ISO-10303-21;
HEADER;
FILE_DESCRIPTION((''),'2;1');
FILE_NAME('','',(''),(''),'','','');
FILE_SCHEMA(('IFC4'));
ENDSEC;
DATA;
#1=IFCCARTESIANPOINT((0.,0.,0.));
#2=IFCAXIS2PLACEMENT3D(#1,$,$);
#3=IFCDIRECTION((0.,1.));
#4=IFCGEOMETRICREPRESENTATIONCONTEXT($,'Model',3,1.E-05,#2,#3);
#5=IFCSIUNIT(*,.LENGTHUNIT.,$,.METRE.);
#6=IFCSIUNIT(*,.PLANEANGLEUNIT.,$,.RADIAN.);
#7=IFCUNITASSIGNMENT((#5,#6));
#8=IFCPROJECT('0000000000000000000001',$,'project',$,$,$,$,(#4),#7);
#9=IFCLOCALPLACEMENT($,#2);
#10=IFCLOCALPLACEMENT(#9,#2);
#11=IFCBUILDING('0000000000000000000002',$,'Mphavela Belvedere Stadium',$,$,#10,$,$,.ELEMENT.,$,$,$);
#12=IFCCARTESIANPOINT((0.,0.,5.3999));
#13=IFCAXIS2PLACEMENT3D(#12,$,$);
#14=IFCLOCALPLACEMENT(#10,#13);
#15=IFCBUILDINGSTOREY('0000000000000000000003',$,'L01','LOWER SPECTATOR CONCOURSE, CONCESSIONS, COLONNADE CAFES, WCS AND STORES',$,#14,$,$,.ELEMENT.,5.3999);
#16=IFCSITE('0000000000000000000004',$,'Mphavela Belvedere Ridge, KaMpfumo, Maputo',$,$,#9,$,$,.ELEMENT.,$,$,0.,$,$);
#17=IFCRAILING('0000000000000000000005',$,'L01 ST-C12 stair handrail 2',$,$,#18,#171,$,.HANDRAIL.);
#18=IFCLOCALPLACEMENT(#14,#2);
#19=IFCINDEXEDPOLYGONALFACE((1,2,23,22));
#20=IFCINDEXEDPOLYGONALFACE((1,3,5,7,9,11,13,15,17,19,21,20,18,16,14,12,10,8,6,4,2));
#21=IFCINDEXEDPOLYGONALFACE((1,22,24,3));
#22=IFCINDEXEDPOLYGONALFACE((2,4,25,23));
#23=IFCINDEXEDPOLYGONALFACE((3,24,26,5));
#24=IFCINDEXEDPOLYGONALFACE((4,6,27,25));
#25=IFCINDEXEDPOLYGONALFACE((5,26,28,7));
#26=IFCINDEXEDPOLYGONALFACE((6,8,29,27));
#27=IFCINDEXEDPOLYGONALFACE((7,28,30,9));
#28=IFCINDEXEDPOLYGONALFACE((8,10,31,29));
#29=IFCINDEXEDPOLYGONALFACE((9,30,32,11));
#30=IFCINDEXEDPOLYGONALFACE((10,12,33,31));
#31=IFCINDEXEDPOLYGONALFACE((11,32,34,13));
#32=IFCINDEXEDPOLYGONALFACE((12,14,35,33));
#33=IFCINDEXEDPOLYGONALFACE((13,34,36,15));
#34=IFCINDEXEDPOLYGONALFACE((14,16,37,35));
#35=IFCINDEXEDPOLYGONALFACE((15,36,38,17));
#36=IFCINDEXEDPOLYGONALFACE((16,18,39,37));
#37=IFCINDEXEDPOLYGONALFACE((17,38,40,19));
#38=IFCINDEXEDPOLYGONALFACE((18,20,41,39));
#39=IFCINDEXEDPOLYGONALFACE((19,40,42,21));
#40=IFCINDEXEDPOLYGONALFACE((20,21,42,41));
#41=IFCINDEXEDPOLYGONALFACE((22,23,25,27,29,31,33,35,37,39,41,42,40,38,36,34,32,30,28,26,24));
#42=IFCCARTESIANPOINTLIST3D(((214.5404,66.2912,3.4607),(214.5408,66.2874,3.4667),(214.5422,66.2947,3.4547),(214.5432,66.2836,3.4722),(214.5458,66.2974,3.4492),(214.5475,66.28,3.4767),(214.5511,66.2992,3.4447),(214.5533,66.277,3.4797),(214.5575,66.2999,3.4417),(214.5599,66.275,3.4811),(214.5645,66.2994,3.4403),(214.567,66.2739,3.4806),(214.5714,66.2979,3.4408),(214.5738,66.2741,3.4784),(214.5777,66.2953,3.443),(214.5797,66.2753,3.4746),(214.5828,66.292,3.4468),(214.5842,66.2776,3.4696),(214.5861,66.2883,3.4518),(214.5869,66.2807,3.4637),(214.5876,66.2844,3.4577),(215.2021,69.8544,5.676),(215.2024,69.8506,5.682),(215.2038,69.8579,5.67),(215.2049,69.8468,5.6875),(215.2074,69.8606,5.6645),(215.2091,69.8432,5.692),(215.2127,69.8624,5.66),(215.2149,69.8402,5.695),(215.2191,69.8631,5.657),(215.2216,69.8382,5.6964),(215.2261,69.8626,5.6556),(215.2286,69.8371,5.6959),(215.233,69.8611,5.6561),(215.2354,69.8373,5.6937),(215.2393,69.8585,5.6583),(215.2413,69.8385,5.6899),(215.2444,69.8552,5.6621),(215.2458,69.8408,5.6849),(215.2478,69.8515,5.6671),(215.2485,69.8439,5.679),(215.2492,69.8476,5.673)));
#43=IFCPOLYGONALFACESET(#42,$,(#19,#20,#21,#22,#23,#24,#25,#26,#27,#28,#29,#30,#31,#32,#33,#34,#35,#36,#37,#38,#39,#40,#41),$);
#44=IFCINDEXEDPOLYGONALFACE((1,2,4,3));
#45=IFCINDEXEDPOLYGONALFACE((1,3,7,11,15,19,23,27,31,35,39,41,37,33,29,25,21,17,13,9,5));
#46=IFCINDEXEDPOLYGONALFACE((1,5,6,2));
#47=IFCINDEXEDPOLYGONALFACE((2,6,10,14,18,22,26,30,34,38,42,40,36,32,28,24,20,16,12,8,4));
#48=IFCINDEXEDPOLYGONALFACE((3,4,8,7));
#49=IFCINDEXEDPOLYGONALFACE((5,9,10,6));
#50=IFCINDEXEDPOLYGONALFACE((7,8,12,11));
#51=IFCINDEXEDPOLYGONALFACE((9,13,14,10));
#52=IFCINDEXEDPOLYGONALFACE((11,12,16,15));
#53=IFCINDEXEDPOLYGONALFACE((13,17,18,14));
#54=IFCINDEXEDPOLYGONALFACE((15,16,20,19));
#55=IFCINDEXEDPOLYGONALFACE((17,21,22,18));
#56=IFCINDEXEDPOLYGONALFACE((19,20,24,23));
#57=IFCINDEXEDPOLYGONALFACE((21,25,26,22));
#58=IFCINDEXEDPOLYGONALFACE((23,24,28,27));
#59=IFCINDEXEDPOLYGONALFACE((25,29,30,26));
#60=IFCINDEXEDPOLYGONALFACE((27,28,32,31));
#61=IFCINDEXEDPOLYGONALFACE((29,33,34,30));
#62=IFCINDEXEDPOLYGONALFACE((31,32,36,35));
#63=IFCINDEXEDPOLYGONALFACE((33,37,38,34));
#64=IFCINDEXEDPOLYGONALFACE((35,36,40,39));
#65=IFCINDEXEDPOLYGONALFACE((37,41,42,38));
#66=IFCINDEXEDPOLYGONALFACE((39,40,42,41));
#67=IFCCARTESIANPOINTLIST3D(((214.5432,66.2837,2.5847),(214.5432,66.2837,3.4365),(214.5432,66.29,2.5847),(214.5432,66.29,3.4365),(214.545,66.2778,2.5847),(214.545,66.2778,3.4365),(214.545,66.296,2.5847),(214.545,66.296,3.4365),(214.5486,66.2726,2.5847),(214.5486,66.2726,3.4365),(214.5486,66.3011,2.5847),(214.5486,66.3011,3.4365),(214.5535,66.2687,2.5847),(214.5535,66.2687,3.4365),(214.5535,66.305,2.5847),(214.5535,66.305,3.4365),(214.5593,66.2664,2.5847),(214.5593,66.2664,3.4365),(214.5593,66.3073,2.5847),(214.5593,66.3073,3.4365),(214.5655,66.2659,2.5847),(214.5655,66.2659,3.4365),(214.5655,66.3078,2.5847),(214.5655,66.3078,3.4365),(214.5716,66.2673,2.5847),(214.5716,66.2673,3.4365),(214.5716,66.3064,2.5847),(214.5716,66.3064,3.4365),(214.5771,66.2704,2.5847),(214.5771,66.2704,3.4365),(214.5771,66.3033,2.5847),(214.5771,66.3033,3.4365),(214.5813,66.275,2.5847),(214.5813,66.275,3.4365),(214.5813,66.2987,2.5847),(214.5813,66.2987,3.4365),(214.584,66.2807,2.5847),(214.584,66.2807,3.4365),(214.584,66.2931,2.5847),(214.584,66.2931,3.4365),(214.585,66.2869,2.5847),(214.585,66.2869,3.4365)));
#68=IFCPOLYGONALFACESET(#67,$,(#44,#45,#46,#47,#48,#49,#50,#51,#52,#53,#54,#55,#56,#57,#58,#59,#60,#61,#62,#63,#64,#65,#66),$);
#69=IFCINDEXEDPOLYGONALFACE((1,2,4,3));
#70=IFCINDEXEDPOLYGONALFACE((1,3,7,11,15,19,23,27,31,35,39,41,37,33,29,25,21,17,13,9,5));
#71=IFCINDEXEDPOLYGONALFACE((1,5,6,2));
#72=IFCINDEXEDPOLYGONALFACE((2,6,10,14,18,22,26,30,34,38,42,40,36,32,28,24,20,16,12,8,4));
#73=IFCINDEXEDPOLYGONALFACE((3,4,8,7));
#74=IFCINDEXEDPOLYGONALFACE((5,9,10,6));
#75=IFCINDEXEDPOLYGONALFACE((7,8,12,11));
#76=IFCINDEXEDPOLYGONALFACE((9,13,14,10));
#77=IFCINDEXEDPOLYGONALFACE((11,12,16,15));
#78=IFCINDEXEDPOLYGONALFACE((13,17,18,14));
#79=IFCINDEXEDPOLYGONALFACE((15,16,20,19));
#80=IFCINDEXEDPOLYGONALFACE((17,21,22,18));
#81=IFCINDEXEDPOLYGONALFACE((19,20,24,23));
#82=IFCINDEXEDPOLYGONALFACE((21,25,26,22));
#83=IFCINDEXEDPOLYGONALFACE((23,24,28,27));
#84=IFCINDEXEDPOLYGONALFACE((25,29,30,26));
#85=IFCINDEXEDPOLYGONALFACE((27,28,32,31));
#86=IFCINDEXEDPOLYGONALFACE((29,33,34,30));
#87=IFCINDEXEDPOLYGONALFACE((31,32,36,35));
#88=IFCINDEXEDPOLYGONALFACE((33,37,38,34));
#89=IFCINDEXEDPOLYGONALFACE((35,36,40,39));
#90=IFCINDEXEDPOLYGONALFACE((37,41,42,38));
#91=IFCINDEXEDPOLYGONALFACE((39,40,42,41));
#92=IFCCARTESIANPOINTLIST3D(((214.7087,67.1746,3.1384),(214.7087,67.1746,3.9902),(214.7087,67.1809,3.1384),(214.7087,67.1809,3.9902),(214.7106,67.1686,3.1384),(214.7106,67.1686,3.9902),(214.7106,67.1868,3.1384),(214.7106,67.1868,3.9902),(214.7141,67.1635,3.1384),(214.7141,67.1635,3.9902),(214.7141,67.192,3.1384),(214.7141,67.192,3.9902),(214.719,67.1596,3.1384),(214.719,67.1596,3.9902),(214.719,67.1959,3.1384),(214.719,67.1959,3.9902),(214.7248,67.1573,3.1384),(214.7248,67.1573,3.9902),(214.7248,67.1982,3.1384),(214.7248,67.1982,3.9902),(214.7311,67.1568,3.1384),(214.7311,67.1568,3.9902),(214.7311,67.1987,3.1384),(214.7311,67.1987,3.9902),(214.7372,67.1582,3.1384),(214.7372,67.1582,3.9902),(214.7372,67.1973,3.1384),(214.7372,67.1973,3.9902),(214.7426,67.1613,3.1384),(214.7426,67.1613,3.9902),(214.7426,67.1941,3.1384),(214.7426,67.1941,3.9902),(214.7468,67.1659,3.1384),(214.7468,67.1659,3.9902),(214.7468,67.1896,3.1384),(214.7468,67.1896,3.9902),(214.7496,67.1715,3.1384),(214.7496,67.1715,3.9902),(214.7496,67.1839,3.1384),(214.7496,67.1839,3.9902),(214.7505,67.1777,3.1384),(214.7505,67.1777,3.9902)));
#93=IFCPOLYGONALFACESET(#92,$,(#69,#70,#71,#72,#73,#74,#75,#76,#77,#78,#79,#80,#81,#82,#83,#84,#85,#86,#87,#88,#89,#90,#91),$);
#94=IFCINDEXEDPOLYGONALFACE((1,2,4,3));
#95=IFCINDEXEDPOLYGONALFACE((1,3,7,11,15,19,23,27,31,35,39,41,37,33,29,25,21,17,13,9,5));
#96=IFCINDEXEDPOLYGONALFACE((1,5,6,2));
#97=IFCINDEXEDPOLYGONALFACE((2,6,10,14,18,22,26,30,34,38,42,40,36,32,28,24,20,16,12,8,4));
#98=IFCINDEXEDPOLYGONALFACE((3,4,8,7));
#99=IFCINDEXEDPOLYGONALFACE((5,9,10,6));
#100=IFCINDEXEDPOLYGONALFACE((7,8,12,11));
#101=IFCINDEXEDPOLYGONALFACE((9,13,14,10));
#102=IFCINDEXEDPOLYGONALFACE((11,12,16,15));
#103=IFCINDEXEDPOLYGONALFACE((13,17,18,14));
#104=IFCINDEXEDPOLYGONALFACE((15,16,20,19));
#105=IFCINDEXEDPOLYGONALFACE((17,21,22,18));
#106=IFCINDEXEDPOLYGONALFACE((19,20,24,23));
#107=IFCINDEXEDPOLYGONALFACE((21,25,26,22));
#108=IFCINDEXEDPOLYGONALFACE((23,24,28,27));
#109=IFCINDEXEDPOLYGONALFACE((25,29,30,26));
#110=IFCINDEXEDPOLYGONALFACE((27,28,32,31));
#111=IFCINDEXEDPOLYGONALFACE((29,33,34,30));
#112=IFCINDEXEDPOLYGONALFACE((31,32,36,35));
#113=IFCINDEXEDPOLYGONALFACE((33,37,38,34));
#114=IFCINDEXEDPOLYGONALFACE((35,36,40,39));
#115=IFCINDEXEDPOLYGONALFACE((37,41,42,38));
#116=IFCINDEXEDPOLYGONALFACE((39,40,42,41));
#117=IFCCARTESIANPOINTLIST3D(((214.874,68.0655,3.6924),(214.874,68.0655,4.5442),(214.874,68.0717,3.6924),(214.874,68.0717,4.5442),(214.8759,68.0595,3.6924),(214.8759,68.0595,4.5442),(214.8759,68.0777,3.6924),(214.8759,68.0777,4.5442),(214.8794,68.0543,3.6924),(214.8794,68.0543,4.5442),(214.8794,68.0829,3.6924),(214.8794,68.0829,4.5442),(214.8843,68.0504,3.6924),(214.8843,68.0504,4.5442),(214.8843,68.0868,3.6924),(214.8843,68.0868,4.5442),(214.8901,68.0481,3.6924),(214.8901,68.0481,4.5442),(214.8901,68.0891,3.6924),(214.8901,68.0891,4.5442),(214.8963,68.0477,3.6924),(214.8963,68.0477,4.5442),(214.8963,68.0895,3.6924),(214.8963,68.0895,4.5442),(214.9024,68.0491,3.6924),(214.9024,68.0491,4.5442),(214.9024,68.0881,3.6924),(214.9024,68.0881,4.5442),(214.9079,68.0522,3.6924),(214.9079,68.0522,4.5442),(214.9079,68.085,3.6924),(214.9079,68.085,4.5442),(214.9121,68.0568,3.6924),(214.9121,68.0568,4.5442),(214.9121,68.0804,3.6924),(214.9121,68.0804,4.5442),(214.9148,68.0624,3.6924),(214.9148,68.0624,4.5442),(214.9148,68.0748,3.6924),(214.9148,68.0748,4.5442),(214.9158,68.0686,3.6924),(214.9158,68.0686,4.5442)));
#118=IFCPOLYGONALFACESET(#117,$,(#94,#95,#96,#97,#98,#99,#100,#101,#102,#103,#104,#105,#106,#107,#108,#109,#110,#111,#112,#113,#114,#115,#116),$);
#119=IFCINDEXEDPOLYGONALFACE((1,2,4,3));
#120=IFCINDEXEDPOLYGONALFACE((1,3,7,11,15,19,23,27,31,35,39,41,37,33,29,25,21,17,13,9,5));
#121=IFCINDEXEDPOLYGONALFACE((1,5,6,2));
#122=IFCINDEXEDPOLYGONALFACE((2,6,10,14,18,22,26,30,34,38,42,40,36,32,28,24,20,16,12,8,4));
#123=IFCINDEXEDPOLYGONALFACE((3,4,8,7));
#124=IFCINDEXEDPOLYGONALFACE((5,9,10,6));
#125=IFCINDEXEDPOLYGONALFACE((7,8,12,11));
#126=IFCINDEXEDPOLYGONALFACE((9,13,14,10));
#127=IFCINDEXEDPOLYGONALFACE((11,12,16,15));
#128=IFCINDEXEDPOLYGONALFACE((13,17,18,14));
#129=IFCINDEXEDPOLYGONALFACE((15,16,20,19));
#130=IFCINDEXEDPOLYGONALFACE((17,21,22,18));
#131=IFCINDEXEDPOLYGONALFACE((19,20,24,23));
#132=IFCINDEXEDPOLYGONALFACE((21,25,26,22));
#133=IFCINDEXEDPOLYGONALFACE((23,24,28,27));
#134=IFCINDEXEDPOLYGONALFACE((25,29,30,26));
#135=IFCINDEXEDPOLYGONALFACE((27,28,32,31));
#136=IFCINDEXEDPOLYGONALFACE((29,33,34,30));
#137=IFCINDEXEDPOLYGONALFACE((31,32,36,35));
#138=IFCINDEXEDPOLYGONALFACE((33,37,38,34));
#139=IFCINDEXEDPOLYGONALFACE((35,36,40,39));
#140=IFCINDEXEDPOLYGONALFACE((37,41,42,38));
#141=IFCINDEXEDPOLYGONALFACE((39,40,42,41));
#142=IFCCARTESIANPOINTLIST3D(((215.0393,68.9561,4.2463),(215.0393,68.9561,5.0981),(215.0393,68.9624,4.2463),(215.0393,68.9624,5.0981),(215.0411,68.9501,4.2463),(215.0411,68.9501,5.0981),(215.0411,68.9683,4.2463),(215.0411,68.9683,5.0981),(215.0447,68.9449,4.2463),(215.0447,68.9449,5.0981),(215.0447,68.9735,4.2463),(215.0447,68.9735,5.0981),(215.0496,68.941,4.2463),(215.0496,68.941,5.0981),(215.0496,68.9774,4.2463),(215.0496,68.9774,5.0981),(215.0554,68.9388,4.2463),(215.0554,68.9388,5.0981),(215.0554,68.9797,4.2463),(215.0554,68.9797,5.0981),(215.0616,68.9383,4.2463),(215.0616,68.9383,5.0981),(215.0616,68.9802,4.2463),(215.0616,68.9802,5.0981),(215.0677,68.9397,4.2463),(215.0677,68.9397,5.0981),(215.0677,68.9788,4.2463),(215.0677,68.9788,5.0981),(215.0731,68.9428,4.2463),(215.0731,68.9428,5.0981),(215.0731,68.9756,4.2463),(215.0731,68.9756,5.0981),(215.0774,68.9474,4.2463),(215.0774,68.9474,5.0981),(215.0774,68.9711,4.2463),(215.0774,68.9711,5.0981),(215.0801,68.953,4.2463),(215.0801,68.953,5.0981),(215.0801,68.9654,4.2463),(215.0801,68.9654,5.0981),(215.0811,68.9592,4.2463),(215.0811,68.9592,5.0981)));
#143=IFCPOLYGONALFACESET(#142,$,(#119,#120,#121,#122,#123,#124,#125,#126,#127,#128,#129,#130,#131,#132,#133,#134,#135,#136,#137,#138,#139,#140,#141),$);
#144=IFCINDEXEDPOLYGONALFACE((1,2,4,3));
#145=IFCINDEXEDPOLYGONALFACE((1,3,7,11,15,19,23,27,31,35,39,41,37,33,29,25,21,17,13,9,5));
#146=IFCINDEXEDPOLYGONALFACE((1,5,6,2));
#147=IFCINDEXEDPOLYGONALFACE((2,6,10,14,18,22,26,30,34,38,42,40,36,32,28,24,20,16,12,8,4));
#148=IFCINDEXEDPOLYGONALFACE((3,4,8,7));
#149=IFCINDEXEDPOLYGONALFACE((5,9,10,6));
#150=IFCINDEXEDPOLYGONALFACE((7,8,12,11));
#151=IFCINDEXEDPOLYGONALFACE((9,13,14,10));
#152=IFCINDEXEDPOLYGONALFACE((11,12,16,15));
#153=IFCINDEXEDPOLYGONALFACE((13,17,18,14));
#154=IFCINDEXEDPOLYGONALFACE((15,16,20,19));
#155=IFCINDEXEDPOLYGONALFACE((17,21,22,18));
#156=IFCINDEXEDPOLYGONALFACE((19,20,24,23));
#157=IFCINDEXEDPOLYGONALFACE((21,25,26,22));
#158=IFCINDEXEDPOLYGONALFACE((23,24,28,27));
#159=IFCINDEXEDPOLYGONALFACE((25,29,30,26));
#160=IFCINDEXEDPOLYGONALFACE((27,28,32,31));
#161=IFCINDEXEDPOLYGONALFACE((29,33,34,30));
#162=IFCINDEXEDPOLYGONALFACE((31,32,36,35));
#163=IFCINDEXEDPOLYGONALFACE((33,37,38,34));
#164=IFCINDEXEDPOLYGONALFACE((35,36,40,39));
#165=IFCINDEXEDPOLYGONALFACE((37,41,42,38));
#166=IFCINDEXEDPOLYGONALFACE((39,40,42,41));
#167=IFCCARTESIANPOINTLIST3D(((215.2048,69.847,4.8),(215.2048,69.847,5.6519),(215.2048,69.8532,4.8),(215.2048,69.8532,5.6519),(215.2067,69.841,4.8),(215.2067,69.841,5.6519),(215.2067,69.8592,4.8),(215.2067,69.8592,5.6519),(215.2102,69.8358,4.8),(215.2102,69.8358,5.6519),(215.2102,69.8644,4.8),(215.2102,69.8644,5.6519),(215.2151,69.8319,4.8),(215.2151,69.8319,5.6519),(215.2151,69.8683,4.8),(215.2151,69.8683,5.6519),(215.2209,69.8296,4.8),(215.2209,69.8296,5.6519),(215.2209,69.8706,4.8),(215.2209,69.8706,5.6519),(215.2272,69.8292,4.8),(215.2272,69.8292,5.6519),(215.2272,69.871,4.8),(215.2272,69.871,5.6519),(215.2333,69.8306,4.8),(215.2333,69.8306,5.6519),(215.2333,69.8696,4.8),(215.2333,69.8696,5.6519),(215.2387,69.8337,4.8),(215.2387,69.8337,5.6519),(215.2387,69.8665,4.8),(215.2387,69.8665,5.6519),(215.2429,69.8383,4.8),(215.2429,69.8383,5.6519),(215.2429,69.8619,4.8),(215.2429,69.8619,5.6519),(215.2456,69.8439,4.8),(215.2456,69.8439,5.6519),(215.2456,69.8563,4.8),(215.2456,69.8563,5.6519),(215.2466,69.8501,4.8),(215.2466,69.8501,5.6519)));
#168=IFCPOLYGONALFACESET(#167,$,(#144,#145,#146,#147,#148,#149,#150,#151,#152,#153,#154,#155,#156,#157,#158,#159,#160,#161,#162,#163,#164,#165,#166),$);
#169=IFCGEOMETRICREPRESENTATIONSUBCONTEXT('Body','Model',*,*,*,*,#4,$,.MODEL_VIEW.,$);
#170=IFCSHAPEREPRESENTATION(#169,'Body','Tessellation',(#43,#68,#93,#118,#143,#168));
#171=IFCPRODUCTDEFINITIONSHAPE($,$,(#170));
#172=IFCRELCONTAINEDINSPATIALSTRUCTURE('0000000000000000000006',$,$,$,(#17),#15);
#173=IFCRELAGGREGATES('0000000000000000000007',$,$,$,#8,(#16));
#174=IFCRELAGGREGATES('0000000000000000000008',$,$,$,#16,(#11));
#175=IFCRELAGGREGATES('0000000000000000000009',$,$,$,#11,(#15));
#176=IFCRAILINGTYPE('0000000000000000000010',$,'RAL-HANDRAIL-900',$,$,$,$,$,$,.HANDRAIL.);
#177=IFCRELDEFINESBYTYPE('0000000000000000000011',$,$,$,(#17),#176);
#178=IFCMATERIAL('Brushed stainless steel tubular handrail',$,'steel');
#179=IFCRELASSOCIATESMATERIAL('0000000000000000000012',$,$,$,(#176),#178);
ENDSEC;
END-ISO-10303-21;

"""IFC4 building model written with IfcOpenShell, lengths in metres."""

from ifc_helpers import new_model, si_unit, direction, frame, origin, origin_2d, place, context, subcontext, project, spatial, circle, extrude, material, type_object, element, save


model = new_model("IFC4")

# Units and contexts
model_context = context("Model", 3, precision=1e-05, world=origin(), true_north=direction((0.0, 1.0)))
body_context = subcontext(model_context, "Body", "Model", "MODEL_VIEW")
ifc_project = project(units=[si_unit("LENGTHUNIT", "METRE"), si_unit("PLANEANGLEUNIT", "RADIAN")], contexts=[model_context])

# Site, building, storey
site_placement = place(None, origin())
site = spatial("IfcSite", under=ifc_project, at=site_placement, Name="Mphavela Belvedere Ridge, KaMpfumo, Maputo", CompositionType="ELEMENT", RefElevation=0.0)
building_placement = place(site_placement, origin())
building = spatial("IfcBuilding", under=site, at=building_placement, Name="Mphavela Belvedere Stadium", CompositionType="ELEMENT")
storey_placement = place(building_placement, frame((0.0, 0.0, 5.3999)))
storey = spatial("IfcBuildingStorey", under=building, at=storey_placement, Name="L01", Description="LOWER SPECTATOR CONCOURSE, CONCESSIONS, COLONNADE CAFES, WCS AND STORES", CompositionType="ELEMENT", Elevation=5.3999)

# Railing
ifc_material_1 = material(Name="Brushed stainless steel tubular handrail", Category="steel")
railing_type_1 = type_object("IfcRailingType", Name="RAL-HANDRAIL-900", PredefinedType="HANDRAIL", material=ifc_material_1)
railing_1_placement = place(storey_placement, frame((214.564, 66.2869, 2.5847)))
element("IfcRailing", 1, at=railing_1_placement, inside=storey, type_object=railing_type_1, Name="L01 ST-C12 stair handrail 2", PredefinedType="HANDRAIL", context=body_context, shape_type="SweptSolid", body=[
    extrude(circle(Radius=0.0239, at=origin_2d()), frame((0.0, 0.0, 0.876), z_axis=(0.155764, 0.838882, 0.52155), x_axis=(-0.983195, 0.18256, 0.0)), (0.0, 0.0, 1.0), 4.2476),
    extrude(circle(Radius=0.021, at=origin_2d()), origin(), (0.0, 0.0, 1.0), 0.8518),
    extrude(circle(Radius=0.021, at=origin_2d()), frame((0.1655, 0.8909, 0.5537)), (0.0, 0.0, 1.0), 0.8518),
    extrude(circle(Radius=0.021, at=origin_2d()), frame((0.3308, 1.7817, 1.1077)), (0.0, 0.0, 1.0), 0.8518),
    extrude(circle(Radius=0.021, at=origin_2d()), frame((0.4961, 2.6724, 1.6616)), (0.0, 0.0, 1.0), 0.8518),
    extrude(circle(Radius=0.021, at=origin_2d()), frame((0.6616, 3.5632, 2.2153)), (0.0, 0.0, 1.0), 0.8518),
])

save(model, "model.ifc")
